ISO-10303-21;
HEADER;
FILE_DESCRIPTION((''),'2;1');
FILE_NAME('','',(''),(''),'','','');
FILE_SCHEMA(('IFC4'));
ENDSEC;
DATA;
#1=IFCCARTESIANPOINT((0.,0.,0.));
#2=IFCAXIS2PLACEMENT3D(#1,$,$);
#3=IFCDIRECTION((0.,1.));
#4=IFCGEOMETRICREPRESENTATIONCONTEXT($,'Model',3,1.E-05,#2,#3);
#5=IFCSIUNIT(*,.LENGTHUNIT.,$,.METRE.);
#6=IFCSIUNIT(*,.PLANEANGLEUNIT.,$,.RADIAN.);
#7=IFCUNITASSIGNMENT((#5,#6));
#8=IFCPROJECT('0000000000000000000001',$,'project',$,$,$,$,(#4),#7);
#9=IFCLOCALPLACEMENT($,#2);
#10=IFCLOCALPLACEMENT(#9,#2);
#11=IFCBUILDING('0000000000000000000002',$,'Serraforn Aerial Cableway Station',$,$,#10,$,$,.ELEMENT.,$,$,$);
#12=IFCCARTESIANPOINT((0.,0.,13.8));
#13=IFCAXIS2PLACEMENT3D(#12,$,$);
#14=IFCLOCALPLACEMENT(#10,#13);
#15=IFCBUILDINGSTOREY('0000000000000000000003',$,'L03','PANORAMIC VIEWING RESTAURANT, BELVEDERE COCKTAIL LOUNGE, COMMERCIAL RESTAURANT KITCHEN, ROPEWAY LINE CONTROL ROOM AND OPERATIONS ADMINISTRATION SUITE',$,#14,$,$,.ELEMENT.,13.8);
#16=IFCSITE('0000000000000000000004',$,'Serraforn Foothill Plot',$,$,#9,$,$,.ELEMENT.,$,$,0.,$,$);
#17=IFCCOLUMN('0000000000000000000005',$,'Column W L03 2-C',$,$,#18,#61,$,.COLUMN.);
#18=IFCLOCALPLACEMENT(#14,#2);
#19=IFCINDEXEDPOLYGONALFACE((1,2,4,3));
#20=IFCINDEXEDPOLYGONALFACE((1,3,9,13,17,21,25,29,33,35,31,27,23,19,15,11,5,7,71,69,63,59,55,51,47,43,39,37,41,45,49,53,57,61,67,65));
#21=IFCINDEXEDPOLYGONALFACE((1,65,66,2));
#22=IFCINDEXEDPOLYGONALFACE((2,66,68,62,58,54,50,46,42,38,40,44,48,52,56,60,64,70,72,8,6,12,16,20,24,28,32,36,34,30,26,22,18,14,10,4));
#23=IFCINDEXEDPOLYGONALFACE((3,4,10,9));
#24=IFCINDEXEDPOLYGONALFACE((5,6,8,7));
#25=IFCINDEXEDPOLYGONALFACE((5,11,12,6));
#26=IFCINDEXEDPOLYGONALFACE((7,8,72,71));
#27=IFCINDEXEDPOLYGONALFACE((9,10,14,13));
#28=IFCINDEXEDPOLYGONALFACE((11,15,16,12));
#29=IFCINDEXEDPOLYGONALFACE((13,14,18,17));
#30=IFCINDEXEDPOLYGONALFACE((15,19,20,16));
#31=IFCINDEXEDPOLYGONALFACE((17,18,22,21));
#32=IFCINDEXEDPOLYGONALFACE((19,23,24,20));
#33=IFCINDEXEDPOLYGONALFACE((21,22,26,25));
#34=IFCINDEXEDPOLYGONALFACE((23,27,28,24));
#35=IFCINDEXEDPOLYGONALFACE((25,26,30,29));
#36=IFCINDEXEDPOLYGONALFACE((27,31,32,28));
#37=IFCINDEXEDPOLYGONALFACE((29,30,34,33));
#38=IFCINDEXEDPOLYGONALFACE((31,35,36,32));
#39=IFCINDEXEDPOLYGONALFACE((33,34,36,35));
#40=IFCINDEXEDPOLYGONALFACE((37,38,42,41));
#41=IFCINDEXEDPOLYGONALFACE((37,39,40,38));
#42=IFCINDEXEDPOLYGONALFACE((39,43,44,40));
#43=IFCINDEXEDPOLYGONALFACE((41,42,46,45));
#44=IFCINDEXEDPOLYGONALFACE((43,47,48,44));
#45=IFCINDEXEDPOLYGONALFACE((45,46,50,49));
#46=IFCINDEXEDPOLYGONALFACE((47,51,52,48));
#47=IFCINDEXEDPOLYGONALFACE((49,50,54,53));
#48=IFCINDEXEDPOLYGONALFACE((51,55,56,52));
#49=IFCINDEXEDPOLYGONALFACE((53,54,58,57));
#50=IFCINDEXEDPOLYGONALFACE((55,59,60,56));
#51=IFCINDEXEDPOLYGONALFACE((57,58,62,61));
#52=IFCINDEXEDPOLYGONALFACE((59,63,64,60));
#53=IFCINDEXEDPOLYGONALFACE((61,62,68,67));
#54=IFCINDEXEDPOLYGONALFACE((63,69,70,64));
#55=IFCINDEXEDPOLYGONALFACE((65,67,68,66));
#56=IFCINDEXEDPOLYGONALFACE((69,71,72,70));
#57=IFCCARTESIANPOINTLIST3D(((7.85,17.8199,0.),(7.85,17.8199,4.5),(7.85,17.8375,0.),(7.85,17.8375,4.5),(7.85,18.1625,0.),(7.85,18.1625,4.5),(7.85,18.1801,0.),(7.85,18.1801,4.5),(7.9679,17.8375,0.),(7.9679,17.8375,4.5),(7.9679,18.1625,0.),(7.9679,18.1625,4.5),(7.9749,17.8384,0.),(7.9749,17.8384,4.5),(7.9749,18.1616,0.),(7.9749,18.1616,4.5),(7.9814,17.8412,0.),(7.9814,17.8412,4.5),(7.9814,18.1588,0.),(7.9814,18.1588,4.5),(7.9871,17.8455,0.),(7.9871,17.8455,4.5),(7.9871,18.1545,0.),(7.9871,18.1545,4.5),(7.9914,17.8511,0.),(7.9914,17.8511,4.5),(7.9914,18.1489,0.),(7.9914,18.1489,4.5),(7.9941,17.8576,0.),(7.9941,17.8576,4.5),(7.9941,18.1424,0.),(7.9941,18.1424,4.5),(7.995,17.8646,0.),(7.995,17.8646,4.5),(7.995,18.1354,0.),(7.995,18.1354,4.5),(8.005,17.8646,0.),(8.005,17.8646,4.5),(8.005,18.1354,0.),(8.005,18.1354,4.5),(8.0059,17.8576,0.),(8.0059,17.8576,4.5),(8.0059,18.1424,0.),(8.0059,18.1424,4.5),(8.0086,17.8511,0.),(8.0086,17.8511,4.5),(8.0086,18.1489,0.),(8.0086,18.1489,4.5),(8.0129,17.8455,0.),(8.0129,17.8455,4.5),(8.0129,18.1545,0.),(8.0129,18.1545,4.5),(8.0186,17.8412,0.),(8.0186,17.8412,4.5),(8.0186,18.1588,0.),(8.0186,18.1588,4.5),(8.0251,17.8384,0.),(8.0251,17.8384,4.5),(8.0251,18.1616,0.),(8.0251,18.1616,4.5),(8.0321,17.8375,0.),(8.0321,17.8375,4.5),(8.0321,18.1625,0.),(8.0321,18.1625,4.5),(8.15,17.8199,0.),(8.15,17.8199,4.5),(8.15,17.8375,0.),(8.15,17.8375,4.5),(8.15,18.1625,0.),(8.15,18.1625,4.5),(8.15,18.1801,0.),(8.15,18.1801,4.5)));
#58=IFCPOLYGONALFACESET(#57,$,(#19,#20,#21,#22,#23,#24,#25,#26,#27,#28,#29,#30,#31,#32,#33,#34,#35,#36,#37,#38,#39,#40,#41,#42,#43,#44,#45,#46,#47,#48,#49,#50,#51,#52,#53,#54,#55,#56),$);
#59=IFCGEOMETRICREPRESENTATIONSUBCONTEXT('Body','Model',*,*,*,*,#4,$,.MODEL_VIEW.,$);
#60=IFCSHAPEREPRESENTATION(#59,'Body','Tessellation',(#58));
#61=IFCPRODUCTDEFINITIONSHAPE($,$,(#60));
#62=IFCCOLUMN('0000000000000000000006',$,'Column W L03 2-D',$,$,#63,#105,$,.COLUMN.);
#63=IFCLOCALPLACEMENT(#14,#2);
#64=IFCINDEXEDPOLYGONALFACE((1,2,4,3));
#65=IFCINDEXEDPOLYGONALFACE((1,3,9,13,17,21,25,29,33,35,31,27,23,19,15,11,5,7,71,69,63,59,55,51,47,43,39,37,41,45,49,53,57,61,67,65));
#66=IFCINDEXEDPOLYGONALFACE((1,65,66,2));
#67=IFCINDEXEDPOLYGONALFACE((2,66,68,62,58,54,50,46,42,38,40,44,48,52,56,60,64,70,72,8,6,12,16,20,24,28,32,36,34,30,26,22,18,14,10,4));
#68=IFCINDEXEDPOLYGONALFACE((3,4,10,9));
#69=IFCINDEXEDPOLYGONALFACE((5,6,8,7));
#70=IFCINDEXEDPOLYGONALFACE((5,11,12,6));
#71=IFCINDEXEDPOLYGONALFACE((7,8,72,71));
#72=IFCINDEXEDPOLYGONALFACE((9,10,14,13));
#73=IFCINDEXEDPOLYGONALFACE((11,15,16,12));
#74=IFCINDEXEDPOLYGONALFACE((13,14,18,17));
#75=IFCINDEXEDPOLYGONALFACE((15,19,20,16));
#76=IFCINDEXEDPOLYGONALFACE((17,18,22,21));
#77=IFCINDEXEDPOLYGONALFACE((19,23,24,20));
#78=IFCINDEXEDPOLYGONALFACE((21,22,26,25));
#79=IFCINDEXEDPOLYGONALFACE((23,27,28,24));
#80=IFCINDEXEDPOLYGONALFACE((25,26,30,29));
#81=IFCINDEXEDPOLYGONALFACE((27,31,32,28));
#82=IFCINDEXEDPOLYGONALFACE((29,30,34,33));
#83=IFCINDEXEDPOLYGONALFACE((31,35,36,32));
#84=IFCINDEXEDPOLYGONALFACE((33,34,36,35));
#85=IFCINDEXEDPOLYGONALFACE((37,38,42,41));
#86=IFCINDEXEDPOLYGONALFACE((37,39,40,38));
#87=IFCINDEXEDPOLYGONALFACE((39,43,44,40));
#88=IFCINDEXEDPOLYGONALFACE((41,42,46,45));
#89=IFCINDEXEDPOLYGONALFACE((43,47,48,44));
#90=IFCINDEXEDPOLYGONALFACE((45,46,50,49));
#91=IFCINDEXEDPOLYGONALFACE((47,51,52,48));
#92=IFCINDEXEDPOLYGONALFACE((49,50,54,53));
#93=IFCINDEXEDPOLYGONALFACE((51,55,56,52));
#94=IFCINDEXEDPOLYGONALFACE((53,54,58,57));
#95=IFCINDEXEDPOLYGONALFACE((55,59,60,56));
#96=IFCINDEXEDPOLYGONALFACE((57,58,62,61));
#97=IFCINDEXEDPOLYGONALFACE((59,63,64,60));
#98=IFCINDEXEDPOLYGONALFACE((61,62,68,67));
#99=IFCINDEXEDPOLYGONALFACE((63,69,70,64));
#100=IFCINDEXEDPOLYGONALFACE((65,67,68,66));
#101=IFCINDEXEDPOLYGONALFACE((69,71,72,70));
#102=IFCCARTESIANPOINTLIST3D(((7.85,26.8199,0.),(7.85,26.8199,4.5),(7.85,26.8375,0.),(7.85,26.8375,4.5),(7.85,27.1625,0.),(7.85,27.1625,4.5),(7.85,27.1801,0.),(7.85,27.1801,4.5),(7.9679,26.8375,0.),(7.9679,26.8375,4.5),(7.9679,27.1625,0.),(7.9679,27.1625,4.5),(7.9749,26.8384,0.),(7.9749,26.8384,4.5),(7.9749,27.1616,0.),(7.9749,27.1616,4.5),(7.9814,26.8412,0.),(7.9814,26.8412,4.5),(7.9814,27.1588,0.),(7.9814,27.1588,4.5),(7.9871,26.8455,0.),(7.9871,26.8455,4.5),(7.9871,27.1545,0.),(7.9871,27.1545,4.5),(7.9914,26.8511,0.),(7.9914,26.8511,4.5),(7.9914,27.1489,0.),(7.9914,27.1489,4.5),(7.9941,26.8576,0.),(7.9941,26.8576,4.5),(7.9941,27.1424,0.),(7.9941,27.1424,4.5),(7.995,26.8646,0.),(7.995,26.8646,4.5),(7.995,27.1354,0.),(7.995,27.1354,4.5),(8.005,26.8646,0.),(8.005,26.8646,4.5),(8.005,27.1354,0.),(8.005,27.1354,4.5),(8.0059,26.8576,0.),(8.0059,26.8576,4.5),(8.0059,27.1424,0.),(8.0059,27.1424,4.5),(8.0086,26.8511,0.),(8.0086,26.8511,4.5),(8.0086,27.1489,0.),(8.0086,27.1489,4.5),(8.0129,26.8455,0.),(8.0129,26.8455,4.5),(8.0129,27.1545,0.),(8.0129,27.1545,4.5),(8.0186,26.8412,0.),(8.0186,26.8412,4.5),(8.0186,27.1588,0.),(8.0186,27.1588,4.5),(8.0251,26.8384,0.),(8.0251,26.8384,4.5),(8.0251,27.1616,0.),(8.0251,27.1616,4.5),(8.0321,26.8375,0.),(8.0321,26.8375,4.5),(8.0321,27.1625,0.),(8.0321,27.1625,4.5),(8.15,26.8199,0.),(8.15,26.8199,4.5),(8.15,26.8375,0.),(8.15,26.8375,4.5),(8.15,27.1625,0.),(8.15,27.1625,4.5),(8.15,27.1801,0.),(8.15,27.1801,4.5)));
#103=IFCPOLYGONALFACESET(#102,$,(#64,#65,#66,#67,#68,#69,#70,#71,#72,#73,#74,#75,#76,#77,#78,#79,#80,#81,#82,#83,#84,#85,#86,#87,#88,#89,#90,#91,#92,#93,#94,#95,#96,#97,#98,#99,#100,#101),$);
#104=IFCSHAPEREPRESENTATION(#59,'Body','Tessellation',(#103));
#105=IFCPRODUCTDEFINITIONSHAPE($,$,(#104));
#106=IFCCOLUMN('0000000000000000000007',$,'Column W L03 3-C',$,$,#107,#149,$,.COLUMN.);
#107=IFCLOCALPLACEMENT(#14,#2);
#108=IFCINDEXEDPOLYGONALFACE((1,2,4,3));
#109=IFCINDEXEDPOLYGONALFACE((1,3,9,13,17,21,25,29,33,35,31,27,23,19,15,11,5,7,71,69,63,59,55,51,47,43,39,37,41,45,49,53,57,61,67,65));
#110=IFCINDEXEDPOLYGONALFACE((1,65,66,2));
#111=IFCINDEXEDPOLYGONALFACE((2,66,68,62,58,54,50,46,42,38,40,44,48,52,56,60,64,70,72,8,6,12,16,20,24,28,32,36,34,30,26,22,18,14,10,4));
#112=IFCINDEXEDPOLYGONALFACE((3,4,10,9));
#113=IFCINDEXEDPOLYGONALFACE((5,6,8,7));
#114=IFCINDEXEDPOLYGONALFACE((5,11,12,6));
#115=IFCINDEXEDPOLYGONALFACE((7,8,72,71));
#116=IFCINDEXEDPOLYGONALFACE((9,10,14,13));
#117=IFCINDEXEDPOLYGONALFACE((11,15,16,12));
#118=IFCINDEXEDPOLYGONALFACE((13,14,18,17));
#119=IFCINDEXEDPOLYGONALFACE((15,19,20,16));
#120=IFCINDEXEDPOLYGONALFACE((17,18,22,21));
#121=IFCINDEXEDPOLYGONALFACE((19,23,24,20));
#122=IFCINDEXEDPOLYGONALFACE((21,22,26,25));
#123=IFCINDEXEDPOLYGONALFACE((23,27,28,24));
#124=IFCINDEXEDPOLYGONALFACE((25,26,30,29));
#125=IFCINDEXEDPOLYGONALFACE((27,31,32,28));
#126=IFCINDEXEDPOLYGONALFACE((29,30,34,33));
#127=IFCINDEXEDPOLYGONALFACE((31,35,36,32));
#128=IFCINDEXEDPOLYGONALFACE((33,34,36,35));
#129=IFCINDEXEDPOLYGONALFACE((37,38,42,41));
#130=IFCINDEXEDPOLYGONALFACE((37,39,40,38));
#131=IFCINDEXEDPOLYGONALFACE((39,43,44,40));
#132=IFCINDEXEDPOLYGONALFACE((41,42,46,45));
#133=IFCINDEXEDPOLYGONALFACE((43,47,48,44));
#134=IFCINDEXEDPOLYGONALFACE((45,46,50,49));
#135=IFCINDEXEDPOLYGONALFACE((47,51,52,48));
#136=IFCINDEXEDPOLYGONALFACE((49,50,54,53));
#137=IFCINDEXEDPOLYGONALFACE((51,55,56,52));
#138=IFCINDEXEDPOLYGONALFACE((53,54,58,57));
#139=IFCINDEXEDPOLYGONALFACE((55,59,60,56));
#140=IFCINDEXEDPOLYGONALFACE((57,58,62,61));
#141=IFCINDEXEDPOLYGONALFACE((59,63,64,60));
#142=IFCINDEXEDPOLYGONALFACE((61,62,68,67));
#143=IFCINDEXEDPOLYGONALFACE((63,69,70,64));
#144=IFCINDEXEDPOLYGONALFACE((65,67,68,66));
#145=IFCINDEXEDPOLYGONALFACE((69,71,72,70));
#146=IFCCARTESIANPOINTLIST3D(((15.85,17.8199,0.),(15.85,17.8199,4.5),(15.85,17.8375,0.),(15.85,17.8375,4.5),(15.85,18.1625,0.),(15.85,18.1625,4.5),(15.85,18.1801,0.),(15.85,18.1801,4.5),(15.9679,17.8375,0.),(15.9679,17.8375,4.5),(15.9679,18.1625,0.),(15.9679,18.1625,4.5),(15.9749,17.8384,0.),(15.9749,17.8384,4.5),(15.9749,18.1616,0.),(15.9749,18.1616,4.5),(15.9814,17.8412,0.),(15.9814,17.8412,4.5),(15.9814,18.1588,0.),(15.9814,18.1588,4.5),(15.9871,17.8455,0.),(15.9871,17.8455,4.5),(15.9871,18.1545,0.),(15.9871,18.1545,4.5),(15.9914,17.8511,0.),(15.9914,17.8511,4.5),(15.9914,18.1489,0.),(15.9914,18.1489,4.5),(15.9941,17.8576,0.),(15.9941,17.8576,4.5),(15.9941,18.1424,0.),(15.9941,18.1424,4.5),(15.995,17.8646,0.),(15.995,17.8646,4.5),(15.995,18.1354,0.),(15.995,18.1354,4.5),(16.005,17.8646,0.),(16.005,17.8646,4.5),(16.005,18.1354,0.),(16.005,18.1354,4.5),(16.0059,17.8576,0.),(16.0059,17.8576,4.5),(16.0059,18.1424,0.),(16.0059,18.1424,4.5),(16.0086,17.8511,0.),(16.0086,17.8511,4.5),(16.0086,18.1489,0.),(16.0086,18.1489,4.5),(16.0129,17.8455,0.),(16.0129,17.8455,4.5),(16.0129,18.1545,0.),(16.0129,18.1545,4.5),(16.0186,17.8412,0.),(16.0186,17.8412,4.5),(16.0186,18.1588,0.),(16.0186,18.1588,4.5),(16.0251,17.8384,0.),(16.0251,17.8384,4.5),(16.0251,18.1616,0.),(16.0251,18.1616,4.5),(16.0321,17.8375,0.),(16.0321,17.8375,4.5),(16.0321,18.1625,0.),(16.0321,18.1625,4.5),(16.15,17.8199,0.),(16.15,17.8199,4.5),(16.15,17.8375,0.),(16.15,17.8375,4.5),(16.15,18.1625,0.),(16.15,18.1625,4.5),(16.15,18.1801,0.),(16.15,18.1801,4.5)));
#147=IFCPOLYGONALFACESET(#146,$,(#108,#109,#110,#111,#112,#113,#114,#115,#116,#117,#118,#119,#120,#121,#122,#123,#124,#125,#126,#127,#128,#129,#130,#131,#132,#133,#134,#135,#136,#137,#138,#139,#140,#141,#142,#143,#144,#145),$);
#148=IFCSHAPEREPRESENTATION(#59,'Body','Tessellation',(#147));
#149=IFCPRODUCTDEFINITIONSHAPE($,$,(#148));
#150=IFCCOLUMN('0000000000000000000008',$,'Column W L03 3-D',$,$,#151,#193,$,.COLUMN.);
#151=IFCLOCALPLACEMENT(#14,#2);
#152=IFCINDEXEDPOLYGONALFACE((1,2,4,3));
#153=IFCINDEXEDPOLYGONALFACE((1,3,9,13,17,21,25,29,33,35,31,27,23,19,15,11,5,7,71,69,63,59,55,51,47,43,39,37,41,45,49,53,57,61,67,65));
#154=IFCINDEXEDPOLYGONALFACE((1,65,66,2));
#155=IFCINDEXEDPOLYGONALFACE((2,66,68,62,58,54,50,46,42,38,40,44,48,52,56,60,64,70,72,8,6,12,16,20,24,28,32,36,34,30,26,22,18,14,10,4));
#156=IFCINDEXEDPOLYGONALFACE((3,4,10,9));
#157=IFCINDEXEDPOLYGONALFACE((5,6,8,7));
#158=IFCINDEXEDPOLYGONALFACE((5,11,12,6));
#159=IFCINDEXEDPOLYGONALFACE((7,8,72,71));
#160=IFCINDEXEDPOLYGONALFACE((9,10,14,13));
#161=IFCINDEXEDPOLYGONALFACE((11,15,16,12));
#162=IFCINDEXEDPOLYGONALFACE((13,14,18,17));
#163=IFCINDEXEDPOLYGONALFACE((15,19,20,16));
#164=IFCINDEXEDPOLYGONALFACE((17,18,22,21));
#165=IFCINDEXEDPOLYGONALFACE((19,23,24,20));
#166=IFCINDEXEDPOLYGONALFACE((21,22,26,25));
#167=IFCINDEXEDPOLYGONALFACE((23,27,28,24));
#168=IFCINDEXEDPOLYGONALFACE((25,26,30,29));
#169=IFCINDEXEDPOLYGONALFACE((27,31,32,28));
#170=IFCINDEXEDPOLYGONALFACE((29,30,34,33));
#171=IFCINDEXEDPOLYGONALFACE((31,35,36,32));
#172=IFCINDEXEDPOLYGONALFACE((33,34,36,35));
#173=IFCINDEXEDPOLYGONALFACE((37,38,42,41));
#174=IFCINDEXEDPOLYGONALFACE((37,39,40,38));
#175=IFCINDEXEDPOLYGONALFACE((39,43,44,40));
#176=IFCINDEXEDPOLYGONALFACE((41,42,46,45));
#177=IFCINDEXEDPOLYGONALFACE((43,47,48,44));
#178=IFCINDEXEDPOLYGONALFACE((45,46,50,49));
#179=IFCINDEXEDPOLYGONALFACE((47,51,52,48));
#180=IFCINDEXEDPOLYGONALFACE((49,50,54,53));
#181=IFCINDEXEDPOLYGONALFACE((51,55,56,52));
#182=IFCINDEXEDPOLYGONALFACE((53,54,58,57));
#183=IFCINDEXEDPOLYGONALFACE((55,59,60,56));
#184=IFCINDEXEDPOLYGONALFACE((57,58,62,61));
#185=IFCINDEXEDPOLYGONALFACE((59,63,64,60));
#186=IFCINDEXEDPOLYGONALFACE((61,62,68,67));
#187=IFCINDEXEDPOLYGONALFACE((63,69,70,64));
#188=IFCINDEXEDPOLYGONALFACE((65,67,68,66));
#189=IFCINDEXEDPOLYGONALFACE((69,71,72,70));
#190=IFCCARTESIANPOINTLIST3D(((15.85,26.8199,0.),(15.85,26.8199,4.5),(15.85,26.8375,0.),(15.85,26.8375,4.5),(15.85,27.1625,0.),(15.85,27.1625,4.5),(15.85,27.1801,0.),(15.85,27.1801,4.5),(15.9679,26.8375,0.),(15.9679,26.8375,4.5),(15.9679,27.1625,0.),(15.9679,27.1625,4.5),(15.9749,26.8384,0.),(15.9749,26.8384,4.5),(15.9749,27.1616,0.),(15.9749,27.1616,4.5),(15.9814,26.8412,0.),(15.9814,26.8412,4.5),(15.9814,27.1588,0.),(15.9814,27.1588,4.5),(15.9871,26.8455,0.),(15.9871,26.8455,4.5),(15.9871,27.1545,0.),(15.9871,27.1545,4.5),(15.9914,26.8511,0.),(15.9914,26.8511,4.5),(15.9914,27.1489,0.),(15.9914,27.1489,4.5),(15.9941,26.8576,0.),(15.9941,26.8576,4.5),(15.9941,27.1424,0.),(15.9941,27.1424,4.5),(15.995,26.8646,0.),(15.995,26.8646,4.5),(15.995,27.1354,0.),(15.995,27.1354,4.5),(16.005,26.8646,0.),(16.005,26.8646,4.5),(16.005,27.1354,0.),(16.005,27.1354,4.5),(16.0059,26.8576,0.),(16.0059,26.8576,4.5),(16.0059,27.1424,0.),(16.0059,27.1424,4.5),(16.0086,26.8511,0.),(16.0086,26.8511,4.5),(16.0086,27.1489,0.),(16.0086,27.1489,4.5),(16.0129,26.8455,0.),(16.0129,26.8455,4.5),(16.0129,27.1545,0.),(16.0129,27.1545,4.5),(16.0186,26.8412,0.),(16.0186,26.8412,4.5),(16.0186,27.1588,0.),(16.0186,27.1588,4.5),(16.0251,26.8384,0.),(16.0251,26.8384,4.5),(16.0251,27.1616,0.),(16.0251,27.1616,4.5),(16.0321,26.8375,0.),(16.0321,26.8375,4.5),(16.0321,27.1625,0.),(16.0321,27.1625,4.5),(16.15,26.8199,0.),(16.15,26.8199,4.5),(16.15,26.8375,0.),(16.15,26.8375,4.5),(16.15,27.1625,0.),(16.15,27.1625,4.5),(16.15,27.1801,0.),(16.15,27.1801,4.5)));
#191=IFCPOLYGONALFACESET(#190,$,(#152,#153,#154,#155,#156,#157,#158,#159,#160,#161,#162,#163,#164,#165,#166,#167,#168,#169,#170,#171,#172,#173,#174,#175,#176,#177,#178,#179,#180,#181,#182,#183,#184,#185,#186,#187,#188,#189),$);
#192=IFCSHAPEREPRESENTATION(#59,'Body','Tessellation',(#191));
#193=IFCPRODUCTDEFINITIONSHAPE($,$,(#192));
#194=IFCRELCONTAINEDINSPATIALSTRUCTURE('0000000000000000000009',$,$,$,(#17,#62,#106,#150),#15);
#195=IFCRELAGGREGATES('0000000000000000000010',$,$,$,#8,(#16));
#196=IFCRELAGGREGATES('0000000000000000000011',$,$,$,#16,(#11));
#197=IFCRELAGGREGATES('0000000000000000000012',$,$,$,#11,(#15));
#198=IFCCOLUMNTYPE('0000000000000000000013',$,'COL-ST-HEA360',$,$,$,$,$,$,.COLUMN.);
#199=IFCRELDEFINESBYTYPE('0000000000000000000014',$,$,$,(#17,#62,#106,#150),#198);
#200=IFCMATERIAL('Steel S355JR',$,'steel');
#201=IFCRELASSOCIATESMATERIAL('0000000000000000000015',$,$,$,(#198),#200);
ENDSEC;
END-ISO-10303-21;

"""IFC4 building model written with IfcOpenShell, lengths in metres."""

from ifc_helpers import new_model, si_unit, direction, frame, origin, origin_2d, place, context, subcontext, project, spatial, i_section, extrude, material, material_profile, profile_set, type_object, element, save


model = new_model("IFC4")

# Units and contexts
model_context = context("Model", 3, precision=1e-05, world=origin(), true_north=direction((0.0, 1.0)))
body_context = subcontext(model_context, "Body", "Model", "MODEL_VIEW")
ifc_project = project(units=[si_unit("LENGTHUNIT", "METRE"), si_unit("PLANEANGLEUNIT", "RADIAN")], contexts=[model_context])

# Site, building, storey
site_placement = place(None, origin())
site = spatial("IfcSite", under=ifc_project, at=site_placement, Name="Serraforn Foothill Plot", CompositionType="ELEMENT", RefElevation=0.0)
building_placement = place(site_placement, origin())
building = spatial("IfcBuilding", under=site, at=building_placement, Name="Serraforn Aerial Cableway Station", CompositionType="ELEMENT")
storey_placement = place(building_placement, frame((0.0, 0.0, 13.8)))
storey = spatial("IfcBuildingStorey", under=building, at=storey_placement, Name="L03", Description="PANORAMIC VIEWING RESTAURANT, BELVEDERE COCKTAIL LOUNGE, COMMERCIAL RESTAURANT KITCHEN, ROPEWAY LINE CONTROL ROOM AND OPERATIONS ADMINISTRATION SUITE", CompositionType="ELEMENT", Elevation=13.8)

# Columns
ifc_material_1 = material(Name="Steel S355JR", Category="steel")
ifc_material_profile_1 = material_profile(ifc_material_1, i_section(OverallWidth=0.3, OverallDepth=0.3601, WebThickness=0.01, FlangeThickness=0.0176, FilletRadius=0.0271, at=origin_2d()), Name="HEA 360")
ifc_profile_set_1 = profile_set([ifc_material_profile_1], Name="Steel S355JR")
column_type = type_object("IfcColumnType", Name="COL-ST-HEA360", PredefinedType="COLUMN", material=ifc_profile_set_1)
for number, where, z_axis, x_axis, name in (
    (1, (8.0, 18.0, 0.0), (0.0, 0.0, 1.0), (1.0, 0.0, 0.0), "Column W L03 2-C"),
    (2, (8.0, 27.0, 0.0), (0.0, 0.0, 1.0), (1.0, 0.0, 0.0), "Column W L03 2-D"),
    (3, (16.0, 18.0, 0.0), (0.0, 0.0, 1.0), (1.0, 0.0, 0.0), "Column W L03 3-C"),
    (4, (16.0, 27.0, 0.0), (0.0, 0.0, 1.0), (1.0, 0.0, 0.0), "Column W L03 3-D"),
):
    element("IfcColumn", number, at=place(storey_placement, frame(where, z_axis=z_axis, x_axis=x_axis)), inside=storey, type_object=column_type, Name=name, PredefinedType="COLUMN", context=body_context, shape_type="SweptSolid", body=[
        extrude(i_section(OverallWidth=0.3, OverallDepth=0.3601, WebThickness=0.01, FlangeThickness=0.0176, FilletRadius=0.0271, at=origin_2d()), origin(), (0.0, 0.0, 1.0), 4.5),
    ])

save(model, "model.ifc")
